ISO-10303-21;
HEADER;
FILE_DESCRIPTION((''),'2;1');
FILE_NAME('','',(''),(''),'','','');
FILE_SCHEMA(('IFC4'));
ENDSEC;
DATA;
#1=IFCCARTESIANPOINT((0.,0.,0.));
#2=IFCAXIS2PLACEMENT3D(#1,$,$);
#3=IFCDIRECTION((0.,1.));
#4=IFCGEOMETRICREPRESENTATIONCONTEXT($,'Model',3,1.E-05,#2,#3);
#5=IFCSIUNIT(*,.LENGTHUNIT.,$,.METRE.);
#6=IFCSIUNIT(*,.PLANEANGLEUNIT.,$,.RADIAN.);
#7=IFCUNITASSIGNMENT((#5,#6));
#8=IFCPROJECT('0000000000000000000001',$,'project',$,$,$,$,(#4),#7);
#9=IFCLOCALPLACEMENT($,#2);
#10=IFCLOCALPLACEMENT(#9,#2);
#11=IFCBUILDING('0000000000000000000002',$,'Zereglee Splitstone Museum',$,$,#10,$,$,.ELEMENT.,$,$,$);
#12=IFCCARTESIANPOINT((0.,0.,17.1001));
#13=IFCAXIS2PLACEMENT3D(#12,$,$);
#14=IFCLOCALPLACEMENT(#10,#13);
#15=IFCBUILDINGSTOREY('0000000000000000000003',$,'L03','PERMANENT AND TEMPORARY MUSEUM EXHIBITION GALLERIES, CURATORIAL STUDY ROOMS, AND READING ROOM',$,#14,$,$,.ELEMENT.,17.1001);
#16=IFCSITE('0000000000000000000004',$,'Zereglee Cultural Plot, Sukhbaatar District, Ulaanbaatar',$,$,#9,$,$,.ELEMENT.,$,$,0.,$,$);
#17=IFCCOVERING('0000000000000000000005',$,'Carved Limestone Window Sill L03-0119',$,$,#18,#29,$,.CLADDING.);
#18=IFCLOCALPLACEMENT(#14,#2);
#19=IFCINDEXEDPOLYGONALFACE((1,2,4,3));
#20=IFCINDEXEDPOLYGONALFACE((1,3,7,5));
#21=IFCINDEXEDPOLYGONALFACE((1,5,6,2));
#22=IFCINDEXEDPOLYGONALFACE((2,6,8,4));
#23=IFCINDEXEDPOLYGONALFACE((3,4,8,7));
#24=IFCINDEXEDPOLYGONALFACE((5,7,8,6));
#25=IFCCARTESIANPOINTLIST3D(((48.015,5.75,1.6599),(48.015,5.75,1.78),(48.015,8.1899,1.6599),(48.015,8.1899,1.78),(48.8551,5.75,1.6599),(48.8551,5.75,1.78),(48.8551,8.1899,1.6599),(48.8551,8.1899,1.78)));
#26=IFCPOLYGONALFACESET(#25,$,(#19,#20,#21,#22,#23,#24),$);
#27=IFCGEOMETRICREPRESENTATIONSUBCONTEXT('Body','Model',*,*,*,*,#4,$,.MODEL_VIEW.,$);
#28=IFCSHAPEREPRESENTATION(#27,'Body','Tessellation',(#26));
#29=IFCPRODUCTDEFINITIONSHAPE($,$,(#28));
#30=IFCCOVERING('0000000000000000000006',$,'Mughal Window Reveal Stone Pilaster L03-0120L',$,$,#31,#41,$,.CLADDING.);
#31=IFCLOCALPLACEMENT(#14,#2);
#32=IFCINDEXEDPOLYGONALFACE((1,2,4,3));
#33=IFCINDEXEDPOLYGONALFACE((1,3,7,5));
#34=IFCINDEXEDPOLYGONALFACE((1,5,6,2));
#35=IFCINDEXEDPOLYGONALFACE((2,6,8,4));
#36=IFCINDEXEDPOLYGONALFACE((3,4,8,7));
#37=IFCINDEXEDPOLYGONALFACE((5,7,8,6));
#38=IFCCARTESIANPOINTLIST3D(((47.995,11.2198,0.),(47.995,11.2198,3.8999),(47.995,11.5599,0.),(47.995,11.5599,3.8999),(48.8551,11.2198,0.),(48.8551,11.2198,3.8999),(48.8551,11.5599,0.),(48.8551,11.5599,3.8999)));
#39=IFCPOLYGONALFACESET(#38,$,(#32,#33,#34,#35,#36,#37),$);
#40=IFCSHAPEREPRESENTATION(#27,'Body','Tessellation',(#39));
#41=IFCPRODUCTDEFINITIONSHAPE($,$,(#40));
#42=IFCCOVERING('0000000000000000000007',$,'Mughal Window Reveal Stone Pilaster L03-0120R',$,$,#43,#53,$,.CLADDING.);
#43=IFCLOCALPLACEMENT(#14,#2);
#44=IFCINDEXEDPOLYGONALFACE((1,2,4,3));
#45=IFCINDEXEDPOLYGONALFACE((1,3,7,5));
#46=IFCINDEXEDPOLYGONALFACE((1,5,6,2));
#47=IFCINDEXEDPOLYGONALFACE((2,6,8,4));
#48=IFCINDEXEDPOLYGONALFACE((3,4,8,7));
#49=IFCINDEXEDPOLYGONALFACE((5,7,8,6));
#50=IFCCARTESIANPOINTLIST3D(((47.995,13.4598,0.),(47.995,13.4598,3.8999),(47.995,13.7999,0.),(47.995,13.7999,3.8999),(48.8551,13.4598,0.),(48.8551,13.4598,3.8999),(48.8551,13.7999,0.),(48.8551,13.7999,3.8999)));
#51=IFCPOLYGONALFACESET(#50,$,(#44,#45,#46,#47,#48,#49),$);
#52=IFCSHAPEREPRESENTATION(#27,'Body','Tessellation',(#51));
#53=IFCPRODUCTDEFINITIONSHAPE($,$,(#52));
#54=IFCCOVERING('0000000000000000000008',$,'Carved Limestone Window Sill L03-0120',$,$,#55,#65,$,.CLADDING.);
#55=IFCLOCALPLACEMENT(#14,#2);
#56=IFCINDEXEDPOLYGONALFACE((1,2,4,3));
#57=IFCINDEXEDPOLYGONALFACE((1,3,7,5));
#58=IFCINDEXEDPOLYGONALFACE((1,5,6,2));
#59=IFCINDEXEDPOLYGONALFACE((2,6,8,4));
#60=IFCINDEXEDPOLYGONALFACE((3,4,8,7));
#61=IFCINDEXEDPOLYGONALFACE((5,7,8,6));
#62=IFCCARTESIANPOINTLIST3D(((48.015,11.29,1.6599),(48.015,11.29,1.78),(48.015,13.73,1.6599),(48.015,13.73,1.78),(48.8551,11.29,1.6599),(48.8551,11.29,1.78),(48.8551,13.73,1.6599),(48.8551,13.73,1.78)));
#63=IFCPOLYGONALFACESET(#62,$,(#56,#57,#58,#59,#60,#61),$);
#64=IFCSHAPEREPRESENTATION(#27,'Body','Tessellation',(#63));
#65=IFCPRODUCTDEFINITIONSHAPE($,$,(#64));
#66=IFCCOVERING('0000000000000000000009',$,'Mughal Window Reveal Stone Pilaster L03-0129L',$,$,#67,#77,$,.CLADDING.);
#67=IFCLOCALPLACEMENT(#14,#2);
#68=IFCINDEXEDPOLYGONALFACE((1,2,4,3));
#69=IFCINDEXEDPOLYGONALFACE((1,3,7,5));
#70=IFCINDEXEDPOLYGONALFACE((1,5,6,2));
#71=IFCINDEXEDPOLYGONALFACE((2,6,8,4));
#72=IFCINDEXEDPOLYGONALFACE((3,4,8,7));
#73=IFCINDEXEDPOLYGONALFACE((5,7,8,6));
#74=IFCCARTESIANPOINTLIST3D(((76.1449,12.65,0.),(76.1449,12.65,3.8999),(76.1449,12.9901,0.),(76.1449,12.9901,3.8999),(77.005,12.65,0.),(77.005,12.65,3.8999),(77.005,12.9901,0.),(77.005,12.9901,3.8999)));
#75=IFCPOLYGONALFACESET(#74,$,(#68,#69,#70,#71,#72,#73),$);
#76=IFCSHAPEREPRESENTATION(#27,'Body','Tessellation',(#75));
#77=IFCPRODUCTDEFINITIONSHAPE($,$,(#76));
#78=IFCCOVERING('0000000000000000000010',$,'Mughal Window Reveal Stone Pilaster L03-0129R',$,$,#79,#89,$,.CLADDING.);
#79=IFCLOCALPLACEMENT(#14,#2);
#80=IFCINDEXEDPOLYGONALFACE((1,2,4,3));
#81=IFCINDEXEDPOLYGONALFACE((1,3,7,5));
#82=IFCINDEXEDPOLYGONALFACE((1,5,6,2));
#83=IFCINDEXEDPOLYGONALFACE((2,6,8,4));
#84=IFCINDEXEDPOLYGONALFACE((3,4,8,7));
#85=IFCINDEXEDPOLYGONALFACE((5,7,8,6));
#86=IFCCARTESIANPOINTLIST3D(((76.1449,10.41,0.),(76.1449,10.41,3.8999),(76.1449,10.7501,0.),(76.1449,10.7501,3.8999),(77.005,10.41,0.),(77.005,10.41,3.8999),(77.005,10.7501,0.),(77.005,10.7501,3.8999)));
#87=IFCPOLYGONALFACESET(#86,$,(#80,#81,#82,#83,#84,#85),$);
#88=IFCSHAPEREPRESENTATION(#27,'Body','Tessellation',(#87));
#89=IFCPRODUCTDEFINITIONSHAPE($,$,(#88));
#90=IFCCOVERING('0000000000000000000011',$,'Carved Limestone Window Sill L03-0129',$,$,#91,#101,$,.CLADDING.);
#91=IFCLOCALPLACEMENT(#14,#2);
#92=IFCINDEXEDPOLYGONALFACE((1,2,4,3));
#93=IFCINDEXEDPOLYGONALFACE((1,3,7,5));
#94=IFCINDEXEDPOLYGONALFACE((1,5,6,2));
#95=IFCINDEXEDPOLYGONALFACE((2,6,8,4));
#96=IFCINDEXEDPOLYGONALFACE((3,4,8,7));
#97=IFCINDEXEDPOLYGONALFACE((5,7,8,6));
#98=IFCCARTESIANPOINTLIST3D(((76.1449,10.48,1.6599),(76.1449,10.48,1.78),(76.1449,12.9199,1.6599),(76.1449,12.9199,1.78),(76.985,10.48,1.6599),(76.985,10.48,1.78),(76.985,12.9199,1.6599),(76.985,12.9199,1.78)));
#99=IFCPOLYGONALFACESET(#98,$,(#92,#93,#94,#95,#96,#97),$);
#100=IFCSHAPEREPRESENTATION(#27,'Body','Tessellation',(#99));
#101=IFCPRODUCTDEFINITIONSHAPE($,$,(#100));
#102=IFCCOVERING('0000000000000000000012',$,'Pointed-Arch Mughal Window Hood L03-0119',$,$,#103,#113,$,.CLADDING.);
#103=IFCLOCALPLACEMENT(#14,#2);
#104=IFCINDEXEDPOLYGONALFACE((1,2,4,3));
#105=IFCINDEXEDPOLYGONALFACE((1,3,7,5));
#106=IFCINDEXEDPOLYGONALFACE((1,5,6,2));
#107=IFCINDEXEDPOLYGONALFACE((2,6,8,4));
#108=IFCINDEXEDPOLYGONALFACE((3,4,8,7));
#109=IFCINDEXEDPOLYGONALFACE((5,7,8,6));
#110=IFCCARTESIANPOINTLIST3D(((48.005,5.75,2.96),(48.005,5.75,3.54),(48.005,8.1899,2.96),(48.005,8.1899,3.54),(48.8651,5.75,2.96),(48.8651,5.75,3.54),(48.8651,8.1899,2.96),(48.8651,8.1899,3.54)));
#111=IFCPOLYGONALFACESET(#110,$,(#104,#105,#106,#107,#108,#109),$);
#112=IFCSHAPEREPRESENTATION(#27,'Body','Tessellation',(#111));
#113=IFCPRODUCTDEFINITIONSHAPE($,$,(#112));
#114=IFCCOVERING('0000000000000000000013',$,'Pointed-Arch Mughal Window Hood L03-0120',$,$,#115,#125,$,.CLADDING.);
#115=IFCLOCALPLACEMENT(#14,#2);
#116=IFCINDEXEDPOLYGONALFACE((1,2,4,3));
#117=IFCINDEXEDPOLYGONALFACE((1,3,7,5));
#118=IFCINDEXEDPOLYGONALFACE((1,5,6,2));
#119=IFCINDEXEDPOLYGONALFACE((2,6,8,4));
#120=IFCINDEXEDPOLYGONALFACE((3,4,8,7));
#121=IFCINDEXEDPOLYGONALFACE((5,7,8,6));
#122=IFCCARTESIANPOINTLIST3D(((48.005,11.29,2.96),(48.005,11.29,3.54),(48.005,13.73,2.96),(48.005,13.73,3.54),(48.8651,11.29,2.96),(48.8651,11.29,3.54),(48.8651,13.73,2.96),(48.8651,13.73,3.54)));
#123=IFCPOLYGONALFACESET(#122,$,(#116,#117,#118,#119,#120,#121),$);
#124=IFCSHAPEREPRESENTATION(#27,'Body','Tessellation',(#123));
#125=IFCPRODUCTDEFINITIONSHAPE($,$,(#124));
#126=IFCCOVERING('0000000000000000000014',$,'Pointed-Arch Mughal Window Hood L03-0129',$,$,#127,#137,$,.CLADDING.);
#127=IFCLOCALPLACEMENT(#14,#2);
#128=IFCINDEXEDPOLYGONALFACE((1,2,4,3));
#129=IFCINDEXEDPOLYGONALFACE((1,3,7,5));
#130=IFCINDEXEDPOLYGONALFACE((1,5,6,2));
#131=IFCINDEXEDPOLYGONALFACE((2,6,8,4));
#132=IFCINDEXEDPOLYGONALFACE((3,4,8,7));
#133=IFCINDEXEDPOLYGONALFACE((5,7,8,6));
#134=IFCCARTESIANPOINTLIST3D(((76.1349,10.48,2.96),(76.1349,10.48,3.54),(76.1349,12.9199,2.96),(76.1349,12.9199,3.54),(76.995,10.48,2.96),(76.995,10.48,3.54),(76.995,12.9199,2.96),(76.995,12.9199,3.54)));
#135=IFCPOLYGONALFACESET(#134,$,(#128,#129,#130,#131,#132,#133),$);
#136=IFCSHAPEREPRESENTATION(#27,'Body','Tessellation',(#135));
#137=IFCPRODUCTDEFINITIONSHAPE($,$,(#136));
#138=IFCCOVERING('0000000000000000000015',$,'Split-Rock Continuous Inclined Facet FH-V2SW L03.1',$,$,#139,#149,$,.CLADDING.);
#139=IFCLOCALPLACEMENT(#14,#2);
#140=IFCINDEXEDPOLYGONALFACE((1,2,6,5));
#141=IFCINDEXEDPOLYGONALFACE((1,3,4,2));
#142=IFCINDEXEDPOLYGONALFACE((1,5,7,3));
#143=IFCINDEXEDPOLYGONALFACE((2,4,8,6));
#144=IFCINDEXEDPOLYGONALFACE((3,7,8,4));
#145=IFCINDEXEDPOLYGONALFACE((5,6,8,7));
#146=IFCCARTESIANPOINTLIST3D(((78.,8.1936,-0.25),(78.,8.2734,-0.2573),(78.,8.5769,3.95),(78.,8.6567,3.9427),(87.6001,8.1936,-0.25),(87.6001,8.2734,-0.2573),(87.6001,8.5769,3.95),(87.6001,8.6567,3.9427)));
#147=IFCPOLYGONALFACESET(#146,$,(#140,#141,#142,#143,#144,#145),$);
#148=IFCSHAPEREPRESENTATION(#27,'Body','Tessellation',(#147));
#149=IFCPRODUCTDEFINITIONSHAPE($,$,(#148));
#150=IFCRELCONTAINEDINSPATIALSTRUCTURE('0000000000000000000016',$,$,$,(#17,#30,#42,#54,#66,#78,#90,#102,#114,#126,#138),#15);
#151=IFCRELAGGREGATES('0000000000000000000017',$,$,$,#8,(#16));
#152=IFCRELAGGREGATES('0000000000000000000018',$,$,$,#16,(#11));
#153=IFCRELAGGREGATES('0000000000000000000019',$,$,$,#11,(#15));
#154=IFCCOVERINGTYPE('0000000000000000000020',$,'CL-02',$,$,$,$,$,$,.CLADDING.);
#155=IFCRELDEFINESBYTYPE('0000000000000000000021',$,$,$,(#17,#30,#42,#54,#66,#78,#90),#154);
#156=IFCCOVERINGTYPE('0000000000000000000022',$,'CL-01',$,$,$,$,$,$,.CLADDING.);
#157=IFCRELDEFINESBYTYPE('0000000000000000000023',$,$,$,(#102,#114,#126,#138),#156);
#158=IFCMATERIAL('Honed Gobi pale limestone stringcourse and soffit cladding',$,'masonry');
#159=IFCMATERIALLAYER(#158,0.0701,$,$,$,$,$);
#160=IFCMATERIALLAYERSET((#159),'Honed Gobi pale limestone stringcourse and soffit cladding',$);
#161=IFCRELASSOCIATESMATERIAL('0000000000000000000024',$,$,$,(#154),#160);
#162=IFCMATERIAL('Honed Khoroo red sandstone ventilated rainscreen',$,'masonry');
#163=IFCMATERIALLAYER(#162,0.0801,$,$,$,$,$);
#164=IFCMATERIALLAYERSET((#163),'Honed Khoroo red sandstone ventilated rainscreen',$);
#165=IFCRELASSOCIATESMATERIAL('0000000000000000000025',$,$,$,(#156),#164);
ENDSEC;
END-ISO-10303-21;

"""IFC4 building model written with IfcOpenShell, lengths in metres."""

from ifc_helpers import new_model, si_unit, direction, frame, origin, origin_2d, place, context, subcontext, project, spatial, polyline, rectangle, outline, extrude, material, layer, layer_set, type_object, element, save


model = new_model("IFC4")

# Units and contexts
model_context = context("Model", 3, precision=1e-05, world=origin(), true_north=direction((0.0, 1.0)))
body_context = subcontext(model_context, "Body", "Model", "MODEL_VIEW")
ifc_project = project(units=[si_unit("LENGTHUNIT", "METRE"), si_unit("PLANEANGLEUNIT", "RADIAN")], contexts=[model_context])

# Site, building, storey
site_placement = place(None, origin())
site = spatial("IfcSite", under=ifc_project, at=site_placement, Name="Zereglee Cultural Plot, Sukhbaatar District, Ulaanbaatar", CompositionType="ELEMENT", RefElevation=0.0)
building_placement = place(site_placement, origin())
building = spatial("IfcBuilding", under=site, at=building_placement, Name="Zereglee Splitstone Museum", CompositionType="ELEMENT")
storey_placement = place(building_placement, frame((0.0, 0.0, 17.1001)))
storey = spatial("IfcBuildingStorey", under=building, at=storey_placement, Name="L03", Description="PERMANENT AND TEMPORARY MUSEUM EXHIBITION GALLERIES, CURATORIAL STUDY ROOMS, AND READING ROOM", CompositionType="ELEMENT", Elevation=17.1001)

# Coverings
ifc_material_1 = material(Name="Honed Gobi pale limestone stringcourse and soffit cladding", Category="masonry")
ifc_layer_1 = layer(ifc_material_1, 0.0701)
ifc_layer_set_1 = layer_set([ifc_layer_1], Name="Honed Gobi pale limestone stringcourse and soffit cladding")
covering_type_1 = type_object("IfcCoveringType", Name="CL-02", PredefinedType="CLADDING", material=ifc_layer_set_1)
covering_1_placement = place(storey_placement, frame((48.4351, 6.97, 1.6599), z_axis=(0.0, 0.0, 1.0), x_axis=(0.0, 1.0, 0.0)))
element("IfcCovering", 1, at=covering_1_placement, inside=storey, type_object=covering_type_1, Name="Carved Limestone Window Sill L03-0119", PredefinedType="CLADDING", context=body_context, shape_type="SweptSolid", body=[
    extrude(rectangle(XDim=2.4399, YDim=0.8401, at=origin_2d()), origin(), (0.0, 0.0, 1.0), 0.1201),
])
for number, where, z_axis, x_axis, name in (
    (2, (48.425, 11.3899, 0.0), (0.0, 0.0, 1.0), (0.0, 1.0, 0.0), "Mughal Window Reveal Stone Pilaster L03-0120L"),
    (3, (48.425, 13.6299, 0.0), (0.0, 0.0, 1.0), (0.0, 1.0, 0.0), "Mughal Window Reveal Stone Pilaster L03-0120R"),
):
    element("IfcCovering", number, at=place(storey_placement, frame(where, z_axis=z_axis, x_axis=x_axis)), inside=storey, type_object=covering_type_1, Name=name, PredefinedType="CLADDING", context=body_context, shape_type="SweptSolid", body=[
        extrude(rectangle(XDim=0.3401, YDim=0.8601, at=origin_2d()), origin(), (0.0, 0.0, 1.0), 3.8999),
    ])
covering_2_placement = place(storey_placement, frame((48.4351, 12.51, 1.6599), z_axis=(0.0, 0.0, 1.0), x_axis=(0.0, 1.0, 0.0)))
element("IfcCovering", 4, at=covering_2_placement, inside=storey, type_object=covering_type_1, Name="Carved Limestone Window Sill L03-0120", PredefinedType="CLADDING", context=body_context, shape_type="SweptSolid", body=[
    extrude(rectangle(XDim=2.4399, YDim=0.8401, at=origin_2d()), origin(), (0.0, 0.0, 1.0), 0.1201),
])
for number, where, z_axis, x_axis, name in (
    (5, (76.575, 12.8201, 0.0), (0.0, 0.0, 1.0), (0.0, -1.0, 0.0), "Mughal Window Reveal Stone Pilaster L03-0129L"),
    (6, (76.575, 10.5801, 0.0), (0.0, 0.0, 1.0), (0.0, -1.0, 0.0), "Mughal Window Reveal Stone Pilaster L03-0129R"),
):
    element("IfcCovering", number, at=place(storey_placement, frame(where, z_axis=z_axis, x_axis=x_axis)), inside=storey, type_object=covering_type_1, Name=name, PredefinedType="CLADDING", context=body_context, shape_type="SweptSolid", body=[
        extrude(rectangle(XDim=0.3401, YDim=0.8601, at=origin_2d()), origin(), (0.0, 0.0, 1.0), 3.8999),
    ])
covering_3_placement = place(storey_placement, frame((76.5649, 11.7, 1.6599), z_axis=(0.0, 0.0, 1.0), x_axis=(0.0, -1.0, 0.0)))
element("IfcCovering", 7, at=covering_3_placement, inside=storey, type_object=covering_type_1, Name="Carved Limestone Window Sill L03-0129", PredefinedType="CLADDING", context=body_context, shape_type="SweptSolid", body=[
    extrude(rectangle(XDim=2.4399, YDim=0.8401, at=origin_2d()), origin(), (0.0, 0.0, 1.0), 0.1201),
])
ifc_material_2 = material(Name="Honed Khoroo red sandstone ventilated rainscreen", Category="masonry")
ifc_layer_2 = layer(ifc_material_2, 0.0801)
ifc_layer_set_2 = layer_set([ifc_layer_2], Name="Honed Khoroo red sandstone ventilated rainscreen")
covering_type_2 = type_object("IfcCoveringType", Name="CL-01", PredefinedType="CLADDING", material=ifc_layer_set_2)
for number, where, z_axis, x_axis, name in (
    (8, (48.4351, 6.97, 2.96), (0.0, 0.0, 1.0), (0.0, 1.0, 0.0), "Pointed-Arch Mughal Window Hood L03-0119"),
    (9, (48.4351, 12.51, 2.96), (0.0, 0.0, 1.0), (0.0, 1.0, 0.0), "Pointed-Arch Mughal Window Hood L03-0120"),
    (10, (76.5649, 11.7, 2.96), (0.0, 0.0, 1.0), (0.0, -1.0, 0.0), "Pointed-Arch Mughal Window Hood L03-0129"),
):
    element("IfcCovering", number, at=place(storey_placement, frame(where, z_axis=z_axis, x_axis=x_axis)), inside=storey, type_object=covering_type_2, Name=name, PredefinedType="CLADDING", context=body_context, shape_type="SweptSolid", body=[
        extrude(rectangle(XDim=2.4399, YDim=0.8601, at=origin_2d()), origin(), (0.0, 0.0, 1.0), 0.5801),
    ])
covering_4_placement = place(storey_placement, frame((78.0, 8.1936, -0.25), z_axis=(0.0, -0.995861, 0.090885), x_axis=(1.0, 0.0, 0.0)))
element("IfcCovering", 11, at=covering_4_placement, inside=storey, type_object=covering_type_2, Name="Split-Rock Continuous Inclined Facet FH-V2SW L03.1", PredefinedType="CLADDING", context=body_context, shape_type="SweptSolid", body=[
    extrude(outline(polyline([(0.0, 0.0), (9.6001, 0.0), (9.6001, 4.2174), (0.0, 4.2174), (0.0, 0.0)])), origin(), (0.0, 0.0, -1.0), 0.0801),
])

save(model, "model.ifc")
